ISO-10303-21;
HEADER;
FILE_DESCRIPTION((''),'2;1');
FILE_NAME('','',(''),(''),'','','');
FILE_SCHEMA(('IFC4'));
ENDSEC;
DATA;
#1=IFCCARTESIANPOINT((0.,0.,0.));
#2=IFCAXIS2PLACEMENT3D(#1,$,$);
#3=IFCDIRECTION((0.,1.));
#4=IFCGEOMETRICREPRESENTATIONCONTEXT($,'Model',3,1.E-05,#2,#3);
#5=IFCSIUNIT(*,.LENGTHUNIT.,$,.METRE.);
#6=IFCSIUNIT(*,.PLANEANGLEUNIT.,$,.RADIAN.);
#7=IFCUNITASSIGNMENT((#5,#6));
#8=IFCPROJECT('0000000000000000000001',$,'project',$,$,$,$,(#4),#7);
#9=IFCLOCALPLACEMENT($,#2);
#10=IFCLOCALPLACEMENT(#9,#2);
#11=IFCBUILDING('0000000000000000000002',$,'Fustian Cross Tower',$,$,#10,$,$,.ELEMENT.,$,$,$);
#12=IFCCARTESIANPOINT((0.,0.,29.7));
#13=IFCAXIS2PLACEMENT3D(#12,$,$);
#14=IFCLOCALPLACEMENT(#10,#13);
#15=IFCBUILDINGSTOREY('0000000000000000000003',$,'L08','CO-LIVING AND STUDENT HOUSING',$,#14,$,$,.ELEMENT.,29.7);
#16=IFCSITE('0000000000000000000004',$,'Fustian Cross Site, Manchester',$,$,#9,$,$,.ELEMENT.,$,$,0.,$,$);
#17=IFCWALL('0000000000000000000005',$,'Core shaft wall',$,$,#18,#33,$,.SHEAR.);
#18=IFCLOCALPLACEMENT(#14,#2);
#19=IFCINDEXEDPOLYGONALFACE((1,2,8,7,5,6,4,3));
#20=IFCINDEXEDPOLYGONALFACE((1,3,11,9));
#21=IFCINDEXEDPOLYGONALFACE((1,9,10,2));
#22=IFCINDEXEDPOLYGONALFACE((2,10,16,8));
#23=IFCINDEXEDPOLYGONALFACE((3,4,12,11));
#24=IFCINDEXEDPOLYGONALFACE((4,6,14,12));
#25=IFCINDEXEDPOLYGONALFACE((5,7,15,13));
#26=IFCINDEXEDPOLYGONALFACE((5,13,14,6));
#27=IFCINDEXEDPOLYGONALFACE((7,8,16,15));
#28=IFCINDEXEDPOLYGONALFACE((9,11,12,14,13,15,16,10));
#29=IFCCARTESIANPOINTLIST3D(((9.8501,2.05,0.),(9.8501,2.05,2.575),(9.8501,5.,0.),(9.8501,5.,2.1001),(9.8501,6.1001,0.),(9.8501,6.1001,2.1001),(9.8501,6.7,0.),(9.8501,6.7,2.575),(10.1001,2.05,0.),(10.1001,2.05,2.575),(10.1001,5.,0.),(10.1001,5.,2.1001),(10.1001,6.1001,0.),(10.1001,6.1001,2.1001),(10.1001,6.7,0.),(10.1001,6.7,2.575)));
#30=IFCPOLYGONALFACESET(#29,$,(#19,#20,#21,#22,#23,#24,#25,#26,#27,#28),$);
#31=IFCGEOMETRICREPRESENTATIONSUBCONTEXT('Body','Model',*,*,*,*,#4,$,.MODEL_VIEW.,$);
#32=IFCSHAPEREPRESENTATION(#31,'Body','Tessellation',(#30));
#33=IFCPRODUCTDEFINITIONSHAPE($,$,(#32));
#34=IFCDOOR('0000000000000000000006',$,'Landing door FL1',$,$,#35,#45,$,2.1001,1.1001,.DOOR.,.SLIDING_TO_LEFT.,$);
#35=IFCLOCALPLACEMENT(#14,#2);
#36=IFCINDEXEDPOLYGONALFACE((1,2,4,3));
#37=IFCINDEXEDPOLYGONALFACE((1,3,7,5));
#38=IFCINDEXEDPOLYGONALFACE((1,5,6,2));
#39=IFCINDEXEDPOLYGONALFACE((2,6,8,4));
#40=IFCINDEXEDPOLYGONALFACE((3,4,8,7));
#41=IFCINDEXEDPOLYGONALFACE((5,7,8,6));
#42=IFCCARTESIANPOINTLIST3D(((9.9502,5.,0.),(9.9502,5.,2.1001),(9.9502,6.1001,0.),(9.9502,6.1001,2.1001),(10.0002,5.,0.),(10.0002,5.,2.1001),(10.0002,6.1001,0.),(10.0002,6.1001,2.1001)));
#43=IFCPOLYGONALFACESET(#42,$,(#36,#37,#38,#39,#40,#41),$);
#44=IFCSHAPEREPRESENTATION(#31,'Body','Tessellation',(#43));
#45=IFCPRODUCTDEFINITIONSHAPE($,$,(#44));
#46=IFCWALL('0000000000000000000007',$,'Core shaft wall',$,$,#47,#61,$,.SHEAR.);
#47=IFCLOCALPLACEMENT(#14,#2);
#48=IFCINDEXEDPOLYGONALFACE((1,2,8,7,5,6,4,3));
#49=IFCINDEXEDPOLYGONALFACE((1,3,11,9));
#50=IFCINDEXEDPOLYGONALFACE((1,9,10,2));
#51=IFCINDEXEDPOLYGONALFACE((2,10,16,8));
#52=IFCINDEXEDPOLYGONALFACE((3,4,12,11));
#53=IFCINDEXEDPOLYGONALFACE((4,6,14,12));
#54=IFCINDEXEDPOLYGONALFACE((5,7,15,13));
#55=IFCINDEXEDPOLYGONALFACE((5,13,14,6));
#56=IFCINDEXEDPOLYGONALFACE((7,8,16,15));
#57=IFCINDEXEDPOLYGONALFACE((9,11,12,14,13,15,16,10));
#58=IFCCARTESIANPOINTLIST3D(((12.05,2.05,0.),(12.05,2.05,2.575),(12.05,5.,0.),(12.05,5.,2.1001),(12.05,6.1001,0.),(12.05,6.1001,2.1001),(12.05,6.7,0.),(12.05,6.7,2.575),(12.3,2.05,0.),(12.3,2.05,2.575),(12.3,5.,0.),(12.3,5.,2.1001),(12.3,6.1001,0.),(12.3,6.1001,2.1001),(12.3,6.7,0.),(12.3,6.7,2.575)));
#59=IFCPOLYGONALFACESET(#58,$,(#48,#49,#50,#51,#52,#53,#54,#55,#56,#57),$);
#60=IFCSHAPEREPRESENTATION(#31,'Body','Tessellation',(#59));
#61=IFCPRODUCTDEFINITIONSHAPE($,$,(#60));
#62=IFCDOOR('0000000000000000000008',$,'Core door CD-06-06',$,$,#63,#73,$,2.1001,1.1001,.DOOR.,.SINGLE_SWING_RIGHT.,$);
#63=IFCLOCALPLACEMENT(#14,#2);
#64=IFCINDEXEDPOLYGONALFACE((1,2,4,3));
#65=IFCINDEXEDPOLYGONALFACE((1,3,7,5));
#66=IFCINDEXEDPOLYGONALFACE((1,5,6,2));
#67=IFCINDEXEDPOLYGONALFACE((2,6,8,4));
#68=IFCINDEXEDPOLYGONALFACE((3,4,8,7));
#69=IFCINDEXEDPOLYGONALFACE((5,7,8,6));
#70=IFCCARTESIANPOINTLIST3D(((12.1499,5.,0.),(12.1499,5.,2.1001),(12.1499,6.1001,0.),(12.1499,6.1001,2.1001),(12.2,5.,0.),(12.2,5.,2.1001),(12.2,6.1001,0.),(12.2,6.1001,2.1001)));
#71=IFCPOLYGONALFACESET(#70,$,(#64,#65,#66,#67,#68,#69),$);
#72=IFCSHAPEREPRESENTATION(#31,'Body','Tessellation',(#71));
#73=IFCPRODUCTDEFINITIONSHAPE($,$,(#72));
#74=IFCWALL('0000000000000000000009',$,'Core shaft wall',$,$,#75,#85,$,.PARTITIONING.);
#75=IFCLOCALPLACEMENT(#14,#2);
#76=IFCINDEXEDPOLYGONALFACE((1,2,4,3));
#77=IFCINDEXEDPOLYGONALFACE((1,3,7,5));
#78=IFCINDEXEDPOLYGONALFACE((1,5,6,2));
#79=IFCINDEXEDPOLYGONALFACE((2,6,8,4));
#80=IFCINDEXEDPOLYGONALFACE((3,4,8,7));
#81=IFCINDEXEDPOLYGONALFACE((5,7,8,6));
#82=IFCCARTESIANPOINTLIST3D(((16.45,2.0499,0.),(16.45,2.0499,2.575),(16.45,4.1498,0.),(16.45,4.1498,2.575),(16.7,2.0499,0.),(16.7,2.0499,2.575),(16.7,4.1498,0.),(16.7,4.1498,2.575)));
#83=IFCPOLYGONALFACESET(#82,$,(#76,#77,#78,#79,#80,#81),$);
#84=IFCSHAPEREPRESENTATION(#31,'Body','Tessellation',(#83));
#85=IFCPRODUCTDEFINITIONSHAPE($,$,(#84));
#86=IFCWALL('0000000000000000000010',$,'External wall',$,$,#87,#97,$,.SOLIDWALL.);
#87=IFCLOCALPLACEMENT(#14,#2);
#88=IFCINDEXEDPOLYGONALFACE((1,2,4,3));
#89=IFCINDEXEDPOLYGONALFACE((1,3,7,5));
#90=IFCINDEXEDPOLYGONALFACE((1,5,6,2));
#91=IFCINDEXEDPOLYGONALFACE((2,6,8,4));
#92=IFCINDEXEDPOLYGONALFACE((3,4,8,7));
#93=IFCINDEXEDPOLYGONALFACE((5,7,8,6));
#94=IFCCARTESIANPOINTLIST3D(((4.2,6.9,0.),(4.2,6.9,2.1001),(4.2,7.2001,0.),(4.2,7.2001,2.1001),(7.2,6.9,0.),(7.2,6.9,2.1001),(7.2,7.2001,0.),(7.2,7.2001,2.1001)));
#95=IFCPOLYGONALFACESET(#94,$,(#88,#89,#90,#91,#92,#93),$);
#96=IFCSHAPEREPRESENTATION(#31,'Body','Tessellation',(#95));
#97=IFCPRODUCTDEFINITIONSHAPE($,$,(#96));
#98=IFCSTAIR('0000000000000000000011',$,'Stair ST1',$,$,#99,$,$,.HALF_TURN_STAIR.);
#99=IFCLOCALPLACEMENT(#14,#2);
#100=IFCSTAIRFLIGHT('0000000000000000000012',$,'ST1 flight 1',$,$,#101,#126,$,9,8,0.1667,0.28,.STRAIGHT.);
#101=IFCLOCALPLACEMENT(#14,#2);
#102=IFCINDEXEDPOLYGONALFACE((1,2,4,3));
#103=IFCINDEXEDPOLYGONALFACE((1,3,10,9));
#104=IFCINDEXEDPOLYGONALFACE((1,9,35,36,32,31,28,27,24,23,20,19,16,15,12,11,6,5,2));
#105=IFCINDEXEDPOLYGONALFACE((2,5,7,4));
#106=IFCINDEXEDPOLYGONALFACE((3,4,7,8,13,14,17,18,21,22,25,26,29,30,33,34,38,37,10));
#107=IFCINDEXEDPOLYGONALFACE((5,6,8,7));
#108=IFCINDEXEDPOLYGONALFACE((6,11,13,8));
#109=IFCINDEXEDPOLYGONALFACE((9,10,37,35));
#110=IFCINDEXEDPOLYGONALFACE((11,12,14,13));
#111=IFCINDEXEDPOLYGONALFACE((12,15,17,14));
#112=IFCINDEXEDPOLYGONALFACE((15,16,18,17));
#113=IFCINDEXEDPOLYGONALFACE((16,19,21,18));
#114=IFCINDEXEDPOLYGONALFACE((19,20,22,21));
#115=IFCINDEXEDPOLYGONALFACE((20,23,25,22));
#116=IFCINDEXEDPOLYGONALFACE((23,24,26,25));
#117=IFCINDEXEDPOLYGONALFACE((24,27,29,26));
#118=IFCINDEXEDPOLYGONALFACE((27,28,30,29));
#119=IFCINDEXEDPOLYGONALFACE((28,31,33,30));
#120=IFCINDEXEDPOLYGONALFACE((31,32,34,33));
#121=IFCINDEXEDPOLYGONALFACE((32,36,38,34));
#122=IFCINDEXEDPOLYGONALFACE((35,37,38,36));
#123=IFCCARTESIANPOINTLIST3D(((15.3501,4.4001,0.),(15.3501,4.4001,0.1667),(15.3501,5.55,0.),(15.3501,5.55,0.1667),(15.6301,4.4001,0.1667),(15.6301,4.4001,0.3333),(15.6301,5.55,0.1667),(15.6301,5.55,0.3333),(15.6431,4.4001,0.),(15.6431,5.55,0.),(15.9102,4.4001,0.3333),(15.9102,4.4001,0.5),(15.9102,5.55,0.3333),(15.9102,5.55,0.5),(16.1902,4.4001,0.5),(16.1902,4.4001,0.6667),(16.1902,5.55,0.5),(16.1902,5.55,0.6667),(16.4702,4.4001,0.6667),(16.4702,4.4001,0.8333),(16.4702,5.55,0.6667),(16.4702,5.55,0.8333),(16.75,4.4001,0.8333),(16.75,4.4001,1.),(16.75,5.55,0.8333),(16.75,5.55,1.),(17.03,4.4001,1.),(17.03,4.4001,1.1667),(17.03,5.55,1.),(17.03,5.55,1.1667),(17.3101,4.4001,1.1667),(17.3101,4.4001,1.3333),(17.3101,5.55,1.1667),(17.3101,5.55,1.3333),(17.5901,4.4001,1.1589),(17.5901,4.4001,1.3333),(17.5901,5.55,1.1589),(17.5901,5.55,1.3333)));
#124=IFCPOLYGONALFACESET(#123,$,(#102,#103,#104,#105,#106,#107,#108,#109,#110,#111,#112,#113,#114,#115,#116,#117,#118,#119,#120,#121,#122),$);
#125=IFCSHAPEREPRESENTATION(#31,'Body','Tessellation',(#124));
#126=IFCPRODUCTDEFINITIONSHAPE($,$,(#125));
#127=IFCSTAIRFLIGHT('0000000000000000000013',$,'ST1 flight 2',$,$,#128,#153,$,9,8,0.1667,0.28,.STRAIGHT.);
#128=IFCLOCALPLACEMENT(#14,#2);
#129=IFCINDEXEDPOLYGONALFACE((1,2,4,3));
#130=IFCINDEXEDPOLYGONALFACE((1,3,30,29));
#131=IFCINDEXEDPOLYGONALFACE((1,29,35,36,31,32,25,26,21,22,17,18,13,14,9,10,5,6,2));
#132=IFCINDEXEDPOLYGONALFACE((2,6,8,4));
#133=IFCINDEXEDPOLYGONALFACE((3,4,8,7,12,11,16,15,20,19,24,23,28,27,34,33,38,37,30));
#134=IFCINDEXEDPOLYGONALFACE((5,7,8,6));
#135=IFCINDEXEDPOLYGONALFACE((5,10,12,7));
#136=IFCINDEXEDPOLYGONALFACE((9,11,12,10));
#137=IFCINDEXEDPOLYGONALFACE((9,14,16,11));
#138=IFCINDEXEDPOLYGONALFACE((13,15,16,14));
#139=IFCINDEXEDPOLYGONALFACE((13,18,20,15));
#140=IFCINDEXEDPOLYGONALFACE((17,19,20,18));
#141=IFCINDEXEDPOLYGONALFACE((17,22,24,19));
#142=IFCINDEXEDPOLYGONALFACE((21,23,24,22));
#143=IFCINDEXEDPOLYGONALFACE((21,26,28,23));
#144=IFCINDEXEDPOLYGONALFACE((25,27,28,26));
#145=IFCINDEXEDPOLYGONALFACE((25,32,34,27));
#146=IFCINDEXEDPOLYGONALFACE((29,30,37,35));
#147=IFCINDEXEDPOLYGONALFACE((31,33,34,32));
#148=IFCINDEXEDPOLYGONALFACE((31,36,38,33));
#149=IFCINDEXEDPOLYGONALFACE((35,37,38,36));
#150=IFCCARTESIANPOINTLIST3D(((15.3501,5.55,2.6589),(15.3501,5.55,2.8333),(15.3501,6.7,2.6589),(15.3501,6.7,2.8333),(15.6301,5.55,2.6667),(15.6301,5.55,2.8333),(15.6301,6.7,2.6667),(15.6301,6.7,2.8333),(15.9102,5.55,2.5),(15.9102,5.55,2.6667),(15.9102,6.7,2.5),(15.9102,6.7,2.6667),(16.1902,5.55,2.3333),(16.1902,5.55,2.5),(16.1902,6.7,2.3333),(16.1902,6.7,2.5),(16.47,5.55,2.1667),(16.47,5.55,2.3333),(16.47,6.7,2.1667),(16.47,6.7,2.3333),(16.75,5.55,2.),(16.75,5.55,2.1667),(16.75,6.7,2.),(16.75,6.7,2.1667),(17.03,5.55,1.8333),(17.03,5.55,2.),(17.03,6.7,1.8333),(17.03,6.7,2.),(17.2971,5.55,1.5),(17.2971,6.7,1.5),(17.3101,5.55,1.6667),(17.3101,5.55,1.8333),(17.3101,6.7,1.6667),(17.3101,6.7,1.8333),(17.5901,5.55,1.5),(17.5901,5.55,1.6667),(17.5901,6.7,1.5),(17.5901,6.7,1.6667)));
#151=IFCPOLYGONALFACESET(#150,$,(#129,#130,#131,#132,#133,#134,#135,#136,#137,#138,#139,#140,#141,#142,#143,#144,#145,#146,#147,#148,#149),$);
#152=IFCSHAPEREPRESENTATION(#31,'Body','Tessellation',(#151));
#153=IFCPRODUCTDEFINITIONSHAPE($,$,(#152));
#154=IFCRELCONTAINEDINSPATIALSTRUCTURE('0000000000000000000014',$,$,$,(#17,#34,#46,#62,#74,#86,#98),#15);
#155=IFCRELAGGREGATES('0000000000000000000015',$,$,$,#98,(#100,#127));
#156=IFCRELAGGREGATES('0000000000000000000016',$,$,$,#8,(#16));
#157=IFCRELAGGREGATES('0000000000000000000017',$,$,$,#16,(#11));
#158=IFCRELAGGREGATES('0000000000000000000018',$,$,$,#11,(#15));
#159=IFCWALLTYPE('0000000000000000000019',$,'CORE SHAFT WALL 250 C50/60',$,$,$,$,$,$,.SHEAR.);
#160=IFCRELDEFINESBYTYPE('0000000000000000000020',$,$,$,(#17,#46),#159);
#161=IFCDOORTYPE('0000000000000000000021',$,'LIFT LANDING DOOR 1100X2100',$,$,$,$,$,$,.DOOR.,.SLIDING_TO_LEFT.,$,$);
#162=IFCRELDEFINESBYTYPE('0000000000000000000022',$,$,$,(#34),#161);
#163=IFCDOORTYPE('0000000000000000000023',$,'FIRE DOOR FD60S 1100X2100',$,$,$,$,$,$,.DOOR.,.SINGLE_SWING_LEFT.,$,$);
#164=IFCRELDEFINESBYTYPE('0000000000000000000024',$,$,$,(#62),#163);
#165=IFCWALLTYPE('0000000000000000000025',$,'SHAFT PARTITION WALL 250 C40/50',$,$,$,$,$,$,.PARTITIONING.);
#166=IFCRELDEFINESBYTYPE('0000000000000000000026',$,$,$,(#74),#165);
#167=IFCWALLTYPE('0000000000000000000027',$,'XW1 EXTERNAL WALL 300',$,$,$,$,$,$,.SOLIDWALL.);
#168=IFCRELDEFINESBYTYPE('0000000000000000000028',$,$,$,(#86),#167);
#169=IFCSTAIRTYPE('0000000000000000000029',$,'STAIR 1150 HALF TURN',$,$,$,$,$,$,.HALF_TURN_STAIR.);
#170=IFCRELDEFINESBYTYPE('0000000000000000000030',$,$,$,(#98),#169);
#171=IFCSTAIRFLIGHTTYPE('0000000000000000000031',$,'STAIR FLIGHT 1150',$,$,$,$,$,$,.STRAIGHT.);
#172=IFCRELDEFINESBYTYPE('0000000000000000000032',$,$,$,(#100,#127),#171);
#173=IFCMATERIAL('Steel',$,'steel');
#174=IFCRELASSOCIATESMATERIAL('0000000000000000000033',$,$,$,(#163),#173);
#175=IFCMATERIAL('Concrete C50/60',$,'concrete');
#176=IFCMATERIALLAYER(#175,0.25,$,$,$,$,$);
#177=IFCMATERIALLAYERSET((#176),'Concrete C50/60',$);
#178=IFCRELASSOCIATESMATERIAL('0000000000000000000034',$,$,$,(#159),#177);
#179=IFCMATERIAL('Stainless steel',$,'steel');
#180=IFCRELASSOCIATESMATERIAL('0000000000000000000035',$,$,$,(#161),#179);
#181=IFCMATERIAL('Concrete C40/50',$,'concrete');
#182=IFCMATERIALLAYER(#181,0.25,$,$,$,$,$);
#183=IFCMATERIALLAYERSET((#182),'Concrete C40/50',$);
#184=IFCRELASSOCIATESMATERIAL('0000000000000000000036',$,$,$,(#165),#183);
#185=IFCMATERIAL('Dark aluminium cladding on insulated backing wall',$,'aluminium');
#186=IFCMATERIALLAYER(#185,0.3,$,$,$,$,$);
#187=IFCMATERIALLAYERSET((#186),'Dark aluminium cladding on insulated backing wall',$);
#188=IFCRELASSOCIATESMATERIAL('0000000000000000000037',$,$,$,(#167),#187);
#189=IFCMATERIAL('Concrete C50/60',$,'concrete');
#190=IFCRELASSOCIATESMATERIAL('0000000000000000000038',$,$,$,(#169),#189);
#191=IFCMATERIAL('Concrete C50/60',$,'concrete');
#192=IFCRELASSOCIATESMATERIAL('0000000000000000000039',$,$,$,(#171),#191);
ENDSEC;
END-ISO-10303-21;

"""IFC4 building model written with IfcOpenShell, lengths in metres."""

from ifc_helpers import new_model, si_unit, direction, frame, frame_2d, origin, place, context, subcontext, project, spatial, polyline, rectangle, outline, extrude, material, layer, layer_set, type_object, element, fill, aggregate, save


model = new_model("IFC4")

# Units and contexts
model_context = context("Model", 3, precision=1e-05, world=origin(), true_north=direction((0.0, 1.0)))
body_context = subcontext(model_context, "Body", "Model", "MODEL_VIEW")
ifc_project = project(units=[si_unit("LENGTHUNIT", "METRE"), si_unit("PLANEANGLEUNIT", "RADIAN")], contexts=[model_context])

# Site, building, storey
site_placement = place(None, origin())
site = spatial("IfcSite", under=ifc_project, at=site_placement, Name="Fustian Cross Site, Manchester", CompositionType="ELEMENT", RefElevation=0.0)
building_placement = place(site_placement, origin())
building = spatial("IfcBuilding", under=site, at=building_placement, Name="Fustian Cross Tower", CompositionType="ELEMENT")
storey_placement = place(building_placement, frame((0.0, 0.0, 29.7)))
storey = spatial("IfcBuildingStorey", under=building, at=storey_placement, Name="L08", Description="CO-LIVING AND STUDENT HOUSING", CompositionType="ELEMENT", Elevation=29.7)

# Shared definitions
ifc_material_1 = material(Name="Steel", Category="steel")
door_type_1 = type_object("IfcDoorType", Name="FIRE DOOR FD60S 1100X2100", OperationType="SINGLE_SWING_LEFT", PredefinedType="DOOR", material=ifc_material_1)

# Shared definitions
ifc_material_2 = material(Name="Concrete C50/60", Category="concrete")
ifc_layer_1 = layer(ifc_material_2, 0.25)
ifc_layer_set_1 = layer_set([ifc_layer_1], Name="Concrete C50/60")
wall_type_1 = type_object("IfcWallType", Name="CORE SHAFT WALL 250 C50/60", PredefinedType="SHEAR", material=ifc_layer_set_1)

# Walls, openings, doors
wall_1_placement = place(storey_placement, frame((9.9751, 2.05, 0.0), z_axis=(0.0, 0.0, 1.0), x_axis=(0.0, 1.0, 0.0)))
wall_1 = element("IfcWall", 1, at=wall_1_placement, inside=storey, type_object=wall_type_1, Name="Core shaft wall", PredefinedType="SHEAR", context=body_context, shape_type="SweptSolid", body=[
    extrude(rectangle(XDim=4.6499, YDim=0.25, at=frame_2d((2.325, 0.0))), origin(), (0.0, 0.0, 1.0), 2.575),
])
opening_1_placement = place(wall_1_placement, frame((2.95, 0.0, 0.0)))
opening_1 = element("IfcOpeningElement", 2, at=opening_1_placement, cuts=wall_1, PredefinedType="OPENING", context=body_context, shape_type="SweptSolid", body=[
    extrude(rectangle(XDim=1.1001, YDim=2.1001, at=frame_2d((0.55, 1.05))), frame((0.0, 0.135, 0.0), z_axis=(0.0, -1.0, 0.0), x_axis=(1.0, 0.0, 0.0)), (0.0, 0.0, 1.0), 0.27),
])
ifc_material_3 = material(Name="Stainless steel", Category="steel")
door_type_2 = type_object("IfcDoorType", Name="LIFT LANDING DOOR 1100X2100", OperationType="SLIDING_TO_LEFT", PredefinedType="DOOR", material=ifc_material_3)
door_1_placement = place(opening_1_placement, origin())
door_1 = element("IfcDoor", 3, at=door_1_placement, inside=storey, type_object=door_type_2, Name="Landing door FL1", OperationType="SLIDING_TO_LEFT", OverallHeight=2.1001, OverallWidth=1.1001, PredefinedType="DOOR", context=body_context, shape_type="SweptSolid", body=[
    extrude(rectangle(XDim=1.1001, YDim=2.1001, at=frame_2d((0.55, 1.05))), frame((0.0, 0.0249, 0.0), z_axis=(0.0, -1.0, 0.0), x_axis=(1.0, 0.0, 0.0)), (0.0, 0.0, 1.0), 0.05),
])
fill(opening_1, door_1)
wall_2_placement = place(storey_placement, frame((12.175, 2.05, 0.0), z_axis=(0.0, 0.0, 1.0), x_axis=(0.0, 1.0, 0.0)))
wall_2 = element("IfcWall", 4, at=wall_2_placement, inside=storey, type_object=wall_type_1, Name="Core shaft wall", PredefinedType="SHEAR", context=body_context, shape_type="SweptSolid", body=[
    extrude(rectangle(XDim=4.6499, YDim=0.25, at=frame_2d((2.325, 0.0))), origin(), (0.0, 0.0, 1.0), 2.575),
])
opening_2_placement = place(wall_2_placement, frame((2.95, 0.0, 0.0)))
opening_2 = element("IfcOpeningElement", 5, at=opening_2_placement, cuts=wall_2, PredefinedType="OPENING", context=body_context, shape_type="SweptSolid", body=[
    extrude(rectangle(XDim=1.1001, YDim=2.1001, at=frame_2d((0.55, 1.05))), frame((0.0, 0.135, 0.0), z_axis=(0.0, -1.0, 0.0), x_axis=(1.0, 0.0, 0.0)), (0.0, 0.0, 1.0), 0.27),
])
door_2_placement = place(opening_2_placement, frame((1.1001, 0.0, 0.0), z_axis=(0.0, 0.0, 1.0), x_axis=(-1.0, 0.0, 0.0)))
door_2 = element("IfcDoor", 6, at=door_2_placement, inside=storey, type_object=door_type_1, Name="Core door CD-06-06", OperationType="SINGLE_SWING_RIGHT", OverallHeight=2.1001, OverallWidth=1.1001, PredefinedType="DOOR", context=body_context, shape_type="SweptSolid", body=[
    extrude(rectangle(XDim=1.1001, YDim=2.1001, at=frame_2d((0.55, 1.05))), frame((0.0, 0.0249, 0.0), z_axis=(0.0, -1.0, 0.0), x_axis=(1.0, 0.0, 0.0)), (0.0, 0.0, 1.0), 0.05),
])
fill(opening_2, door_2)

# Walls
ifc_material_4 = material(Name="Concrete C40/50", Category="concrete")
ifc_layer_2 = layer(ifc_material_4, 0.25)
ifc_layer_set_2 = layer_set([ifc_layer_2], Name="Concrete C40/50")
wall_type_2 = type_object("IfcWallType", Name="SHAFT PARTITION WALL 250 C40/50", PredefinedType="PARTITIONING", material=ifc_layer_set_2)
wall_3_placement = place(storey_placement, frame((16.575, 2.05, 0.0), z_axis=(0.0, 0.0, 1.0), x_axis=(0.0, 1.0, 0.0)))
element("IfcWall", 7, at=wall_3_placement, inside=storey, type_object=wall_type_2, Name="Core shaft wall", PredefinedType="PARTITIONING", context=body_context, shape_type="SweptSolid", body=[
    extrude(rectangle(XDim=2.0999, YDim=0.25, at=frame_2d((1.0498, 0.0))), origin(), (0.0, 0.0, 1.0), 2.575),
])
ifc_material_5 = material(Name="Dark aluminium cladding on insulated backing wall", Category="aluminium")
ifc_layer_3 = layer(ifc_material_5, 0.3)
ifc_layer_set_3 = layer_set([ifc_layer_3], Name="Dark aluminium cladding on insulated backing wall")
wall_type_3 = type_object("IfcWallType", Name="XW1 EXTERNAL WALL 300", PredefinedType="SOLIDWALL", material=ifc_layer_set_3)
wall_4_placement = place(storey_placement, frame((7.2, 7.05, 0.0), z_axis=(0.0, 0.0, 1.0), x_axis=(-1.0, 0.0, 0.0)))
element("IfcWall", 8, at=wall_4_placement, inside=storey, type_object=wall_type_3, Name="External wall", PredefinedType="SOLIDWALL", context=body_context, shape_type="SweptSolid", body=[
    extrude(rectangle(XDim=3.0, YDim=0.3, at=frame_2d((1.5, 0.0))), origin(), (0.0, 0.0, 1.0), 2.1001),
])

# Stair, stair flights
ifc_material_6 = material(Name="Concrete C50/60", Category="concrete")
stair_type = type_object("IfcStairType", Name="STAIR 1150 HALF TURN", PredefinedType="HALF_TURN_STAIR", material=ifc_material_6)
stair_placement = place(storey_placement, origin())
stair = element("IfcStair", 9, at=stair_placement, inside=storey, type_object=stair_type, Name="Stair ST1", PredefinedType="HALF_TURN_STAIR")
ifc_material_7 = material(Name="Concrete C50/60", Category="concrete")
stair_flight_type = type_object("IfcStairFlightType", Name="STAIR FLIGHT 1150", PredefinedType="STRAIGHT", material=ifc_material_7)
stair_flight_1_placement = place(storey_placement, frame((15.3501, 4.9751, 0.0), z_axis=(0.0, 0.0, 1.0), x_axis=(1.0, 0.0, 0.0)))
stair_flight_1 = element("IfcStairFlight", 10, at=stair_flight_1_placement, type_object=stair_flight_type, Name="ST1 flight 1", NumberOfRisers=9, NumberOfTreads=8, PredefinedType="STRAIGHT", RiserHeight=0.1667, TreadLength=0.28, context=body_context, shape_type="SweptSolid", body=[
    extrude(outline(polyline([(0.0, 0.0), (0.0, 0.1667), (0.28, 0.1667), (0.28, 0.3333), (0.5601, 0.3333), (0.5601, 0.5), (0.8401, 0.5), (0.8401, 0.6667), (1.1201, 0.6667), (1.1201, 0.8333), (1.3999, 0.8333), (1.3999, 1.0), (1.6799, 1.0), (1.6799, 1.1667), (1.96, 1.1667), (1.96, 1.3333), (2.24, 1.3333), (2.24, 1.5), (2.24, 1.1589), (0.293, 0.0), (0.0, 0.0)])), frame((0.0, 0.575, 0.0), z_axis=(0.0, -1.0, 0.0), x_axis=(1.0, 0.0, 0.0)), (0.0, 0.0, 1.0), 1.1499),
])
stair_flight_2_placement = place(storey_placement, frame((17.5901, 6.125, 1.5), z_axis=(0.0, 0.0, 1.0), x_axis=(-1.0, 0.0, 0.0)))
stair_flight_2 = element("IfcStairFlight", 11, at=stair_flight_2_placement, type_object=stair_flight_type, Name="ST1 flight 2", NumberOfRisers=9, NumberOfTreads=8, PredefinedType="STRAIGHT", RiserHeight=0.1667, TreadLength=0.28, context=body_context, shape_type="SweptSolid", body=[
    extrude(outline(polyline([(0.0, 0.0), (0.0, 0.1667), (0.28, 0.1667), (0.28, 0.3333), (0.5601, 0.3333), (0.5601, 0.5), (0.8401, 0.5), (0.8401, 0.6667), (1.1201, 0.6667), (1.1201, 0.8333), (1.3999, 0.8333), (1.3999, 1.0), (1.6799, 1.0), (1.6799, 1.1667), (1.96, 1.1667), (1.96, 1.3333), (2.24, 1.3333), (2.24, 1.5), (2.24, 1.1589), (0.293, 0.0), (0.0, 0.0)])), frame((0.0, 0.575, 0.0), z_axis=(0.0, -1.0, 0.0), x_axis=(1.0, 0.0, 0.0)), (0.0, 0.0, 1.0), 1.1499),
])
aggregate(stair, [stair_flight_1, stair_flight_2])

save(model, "model.ifc")
